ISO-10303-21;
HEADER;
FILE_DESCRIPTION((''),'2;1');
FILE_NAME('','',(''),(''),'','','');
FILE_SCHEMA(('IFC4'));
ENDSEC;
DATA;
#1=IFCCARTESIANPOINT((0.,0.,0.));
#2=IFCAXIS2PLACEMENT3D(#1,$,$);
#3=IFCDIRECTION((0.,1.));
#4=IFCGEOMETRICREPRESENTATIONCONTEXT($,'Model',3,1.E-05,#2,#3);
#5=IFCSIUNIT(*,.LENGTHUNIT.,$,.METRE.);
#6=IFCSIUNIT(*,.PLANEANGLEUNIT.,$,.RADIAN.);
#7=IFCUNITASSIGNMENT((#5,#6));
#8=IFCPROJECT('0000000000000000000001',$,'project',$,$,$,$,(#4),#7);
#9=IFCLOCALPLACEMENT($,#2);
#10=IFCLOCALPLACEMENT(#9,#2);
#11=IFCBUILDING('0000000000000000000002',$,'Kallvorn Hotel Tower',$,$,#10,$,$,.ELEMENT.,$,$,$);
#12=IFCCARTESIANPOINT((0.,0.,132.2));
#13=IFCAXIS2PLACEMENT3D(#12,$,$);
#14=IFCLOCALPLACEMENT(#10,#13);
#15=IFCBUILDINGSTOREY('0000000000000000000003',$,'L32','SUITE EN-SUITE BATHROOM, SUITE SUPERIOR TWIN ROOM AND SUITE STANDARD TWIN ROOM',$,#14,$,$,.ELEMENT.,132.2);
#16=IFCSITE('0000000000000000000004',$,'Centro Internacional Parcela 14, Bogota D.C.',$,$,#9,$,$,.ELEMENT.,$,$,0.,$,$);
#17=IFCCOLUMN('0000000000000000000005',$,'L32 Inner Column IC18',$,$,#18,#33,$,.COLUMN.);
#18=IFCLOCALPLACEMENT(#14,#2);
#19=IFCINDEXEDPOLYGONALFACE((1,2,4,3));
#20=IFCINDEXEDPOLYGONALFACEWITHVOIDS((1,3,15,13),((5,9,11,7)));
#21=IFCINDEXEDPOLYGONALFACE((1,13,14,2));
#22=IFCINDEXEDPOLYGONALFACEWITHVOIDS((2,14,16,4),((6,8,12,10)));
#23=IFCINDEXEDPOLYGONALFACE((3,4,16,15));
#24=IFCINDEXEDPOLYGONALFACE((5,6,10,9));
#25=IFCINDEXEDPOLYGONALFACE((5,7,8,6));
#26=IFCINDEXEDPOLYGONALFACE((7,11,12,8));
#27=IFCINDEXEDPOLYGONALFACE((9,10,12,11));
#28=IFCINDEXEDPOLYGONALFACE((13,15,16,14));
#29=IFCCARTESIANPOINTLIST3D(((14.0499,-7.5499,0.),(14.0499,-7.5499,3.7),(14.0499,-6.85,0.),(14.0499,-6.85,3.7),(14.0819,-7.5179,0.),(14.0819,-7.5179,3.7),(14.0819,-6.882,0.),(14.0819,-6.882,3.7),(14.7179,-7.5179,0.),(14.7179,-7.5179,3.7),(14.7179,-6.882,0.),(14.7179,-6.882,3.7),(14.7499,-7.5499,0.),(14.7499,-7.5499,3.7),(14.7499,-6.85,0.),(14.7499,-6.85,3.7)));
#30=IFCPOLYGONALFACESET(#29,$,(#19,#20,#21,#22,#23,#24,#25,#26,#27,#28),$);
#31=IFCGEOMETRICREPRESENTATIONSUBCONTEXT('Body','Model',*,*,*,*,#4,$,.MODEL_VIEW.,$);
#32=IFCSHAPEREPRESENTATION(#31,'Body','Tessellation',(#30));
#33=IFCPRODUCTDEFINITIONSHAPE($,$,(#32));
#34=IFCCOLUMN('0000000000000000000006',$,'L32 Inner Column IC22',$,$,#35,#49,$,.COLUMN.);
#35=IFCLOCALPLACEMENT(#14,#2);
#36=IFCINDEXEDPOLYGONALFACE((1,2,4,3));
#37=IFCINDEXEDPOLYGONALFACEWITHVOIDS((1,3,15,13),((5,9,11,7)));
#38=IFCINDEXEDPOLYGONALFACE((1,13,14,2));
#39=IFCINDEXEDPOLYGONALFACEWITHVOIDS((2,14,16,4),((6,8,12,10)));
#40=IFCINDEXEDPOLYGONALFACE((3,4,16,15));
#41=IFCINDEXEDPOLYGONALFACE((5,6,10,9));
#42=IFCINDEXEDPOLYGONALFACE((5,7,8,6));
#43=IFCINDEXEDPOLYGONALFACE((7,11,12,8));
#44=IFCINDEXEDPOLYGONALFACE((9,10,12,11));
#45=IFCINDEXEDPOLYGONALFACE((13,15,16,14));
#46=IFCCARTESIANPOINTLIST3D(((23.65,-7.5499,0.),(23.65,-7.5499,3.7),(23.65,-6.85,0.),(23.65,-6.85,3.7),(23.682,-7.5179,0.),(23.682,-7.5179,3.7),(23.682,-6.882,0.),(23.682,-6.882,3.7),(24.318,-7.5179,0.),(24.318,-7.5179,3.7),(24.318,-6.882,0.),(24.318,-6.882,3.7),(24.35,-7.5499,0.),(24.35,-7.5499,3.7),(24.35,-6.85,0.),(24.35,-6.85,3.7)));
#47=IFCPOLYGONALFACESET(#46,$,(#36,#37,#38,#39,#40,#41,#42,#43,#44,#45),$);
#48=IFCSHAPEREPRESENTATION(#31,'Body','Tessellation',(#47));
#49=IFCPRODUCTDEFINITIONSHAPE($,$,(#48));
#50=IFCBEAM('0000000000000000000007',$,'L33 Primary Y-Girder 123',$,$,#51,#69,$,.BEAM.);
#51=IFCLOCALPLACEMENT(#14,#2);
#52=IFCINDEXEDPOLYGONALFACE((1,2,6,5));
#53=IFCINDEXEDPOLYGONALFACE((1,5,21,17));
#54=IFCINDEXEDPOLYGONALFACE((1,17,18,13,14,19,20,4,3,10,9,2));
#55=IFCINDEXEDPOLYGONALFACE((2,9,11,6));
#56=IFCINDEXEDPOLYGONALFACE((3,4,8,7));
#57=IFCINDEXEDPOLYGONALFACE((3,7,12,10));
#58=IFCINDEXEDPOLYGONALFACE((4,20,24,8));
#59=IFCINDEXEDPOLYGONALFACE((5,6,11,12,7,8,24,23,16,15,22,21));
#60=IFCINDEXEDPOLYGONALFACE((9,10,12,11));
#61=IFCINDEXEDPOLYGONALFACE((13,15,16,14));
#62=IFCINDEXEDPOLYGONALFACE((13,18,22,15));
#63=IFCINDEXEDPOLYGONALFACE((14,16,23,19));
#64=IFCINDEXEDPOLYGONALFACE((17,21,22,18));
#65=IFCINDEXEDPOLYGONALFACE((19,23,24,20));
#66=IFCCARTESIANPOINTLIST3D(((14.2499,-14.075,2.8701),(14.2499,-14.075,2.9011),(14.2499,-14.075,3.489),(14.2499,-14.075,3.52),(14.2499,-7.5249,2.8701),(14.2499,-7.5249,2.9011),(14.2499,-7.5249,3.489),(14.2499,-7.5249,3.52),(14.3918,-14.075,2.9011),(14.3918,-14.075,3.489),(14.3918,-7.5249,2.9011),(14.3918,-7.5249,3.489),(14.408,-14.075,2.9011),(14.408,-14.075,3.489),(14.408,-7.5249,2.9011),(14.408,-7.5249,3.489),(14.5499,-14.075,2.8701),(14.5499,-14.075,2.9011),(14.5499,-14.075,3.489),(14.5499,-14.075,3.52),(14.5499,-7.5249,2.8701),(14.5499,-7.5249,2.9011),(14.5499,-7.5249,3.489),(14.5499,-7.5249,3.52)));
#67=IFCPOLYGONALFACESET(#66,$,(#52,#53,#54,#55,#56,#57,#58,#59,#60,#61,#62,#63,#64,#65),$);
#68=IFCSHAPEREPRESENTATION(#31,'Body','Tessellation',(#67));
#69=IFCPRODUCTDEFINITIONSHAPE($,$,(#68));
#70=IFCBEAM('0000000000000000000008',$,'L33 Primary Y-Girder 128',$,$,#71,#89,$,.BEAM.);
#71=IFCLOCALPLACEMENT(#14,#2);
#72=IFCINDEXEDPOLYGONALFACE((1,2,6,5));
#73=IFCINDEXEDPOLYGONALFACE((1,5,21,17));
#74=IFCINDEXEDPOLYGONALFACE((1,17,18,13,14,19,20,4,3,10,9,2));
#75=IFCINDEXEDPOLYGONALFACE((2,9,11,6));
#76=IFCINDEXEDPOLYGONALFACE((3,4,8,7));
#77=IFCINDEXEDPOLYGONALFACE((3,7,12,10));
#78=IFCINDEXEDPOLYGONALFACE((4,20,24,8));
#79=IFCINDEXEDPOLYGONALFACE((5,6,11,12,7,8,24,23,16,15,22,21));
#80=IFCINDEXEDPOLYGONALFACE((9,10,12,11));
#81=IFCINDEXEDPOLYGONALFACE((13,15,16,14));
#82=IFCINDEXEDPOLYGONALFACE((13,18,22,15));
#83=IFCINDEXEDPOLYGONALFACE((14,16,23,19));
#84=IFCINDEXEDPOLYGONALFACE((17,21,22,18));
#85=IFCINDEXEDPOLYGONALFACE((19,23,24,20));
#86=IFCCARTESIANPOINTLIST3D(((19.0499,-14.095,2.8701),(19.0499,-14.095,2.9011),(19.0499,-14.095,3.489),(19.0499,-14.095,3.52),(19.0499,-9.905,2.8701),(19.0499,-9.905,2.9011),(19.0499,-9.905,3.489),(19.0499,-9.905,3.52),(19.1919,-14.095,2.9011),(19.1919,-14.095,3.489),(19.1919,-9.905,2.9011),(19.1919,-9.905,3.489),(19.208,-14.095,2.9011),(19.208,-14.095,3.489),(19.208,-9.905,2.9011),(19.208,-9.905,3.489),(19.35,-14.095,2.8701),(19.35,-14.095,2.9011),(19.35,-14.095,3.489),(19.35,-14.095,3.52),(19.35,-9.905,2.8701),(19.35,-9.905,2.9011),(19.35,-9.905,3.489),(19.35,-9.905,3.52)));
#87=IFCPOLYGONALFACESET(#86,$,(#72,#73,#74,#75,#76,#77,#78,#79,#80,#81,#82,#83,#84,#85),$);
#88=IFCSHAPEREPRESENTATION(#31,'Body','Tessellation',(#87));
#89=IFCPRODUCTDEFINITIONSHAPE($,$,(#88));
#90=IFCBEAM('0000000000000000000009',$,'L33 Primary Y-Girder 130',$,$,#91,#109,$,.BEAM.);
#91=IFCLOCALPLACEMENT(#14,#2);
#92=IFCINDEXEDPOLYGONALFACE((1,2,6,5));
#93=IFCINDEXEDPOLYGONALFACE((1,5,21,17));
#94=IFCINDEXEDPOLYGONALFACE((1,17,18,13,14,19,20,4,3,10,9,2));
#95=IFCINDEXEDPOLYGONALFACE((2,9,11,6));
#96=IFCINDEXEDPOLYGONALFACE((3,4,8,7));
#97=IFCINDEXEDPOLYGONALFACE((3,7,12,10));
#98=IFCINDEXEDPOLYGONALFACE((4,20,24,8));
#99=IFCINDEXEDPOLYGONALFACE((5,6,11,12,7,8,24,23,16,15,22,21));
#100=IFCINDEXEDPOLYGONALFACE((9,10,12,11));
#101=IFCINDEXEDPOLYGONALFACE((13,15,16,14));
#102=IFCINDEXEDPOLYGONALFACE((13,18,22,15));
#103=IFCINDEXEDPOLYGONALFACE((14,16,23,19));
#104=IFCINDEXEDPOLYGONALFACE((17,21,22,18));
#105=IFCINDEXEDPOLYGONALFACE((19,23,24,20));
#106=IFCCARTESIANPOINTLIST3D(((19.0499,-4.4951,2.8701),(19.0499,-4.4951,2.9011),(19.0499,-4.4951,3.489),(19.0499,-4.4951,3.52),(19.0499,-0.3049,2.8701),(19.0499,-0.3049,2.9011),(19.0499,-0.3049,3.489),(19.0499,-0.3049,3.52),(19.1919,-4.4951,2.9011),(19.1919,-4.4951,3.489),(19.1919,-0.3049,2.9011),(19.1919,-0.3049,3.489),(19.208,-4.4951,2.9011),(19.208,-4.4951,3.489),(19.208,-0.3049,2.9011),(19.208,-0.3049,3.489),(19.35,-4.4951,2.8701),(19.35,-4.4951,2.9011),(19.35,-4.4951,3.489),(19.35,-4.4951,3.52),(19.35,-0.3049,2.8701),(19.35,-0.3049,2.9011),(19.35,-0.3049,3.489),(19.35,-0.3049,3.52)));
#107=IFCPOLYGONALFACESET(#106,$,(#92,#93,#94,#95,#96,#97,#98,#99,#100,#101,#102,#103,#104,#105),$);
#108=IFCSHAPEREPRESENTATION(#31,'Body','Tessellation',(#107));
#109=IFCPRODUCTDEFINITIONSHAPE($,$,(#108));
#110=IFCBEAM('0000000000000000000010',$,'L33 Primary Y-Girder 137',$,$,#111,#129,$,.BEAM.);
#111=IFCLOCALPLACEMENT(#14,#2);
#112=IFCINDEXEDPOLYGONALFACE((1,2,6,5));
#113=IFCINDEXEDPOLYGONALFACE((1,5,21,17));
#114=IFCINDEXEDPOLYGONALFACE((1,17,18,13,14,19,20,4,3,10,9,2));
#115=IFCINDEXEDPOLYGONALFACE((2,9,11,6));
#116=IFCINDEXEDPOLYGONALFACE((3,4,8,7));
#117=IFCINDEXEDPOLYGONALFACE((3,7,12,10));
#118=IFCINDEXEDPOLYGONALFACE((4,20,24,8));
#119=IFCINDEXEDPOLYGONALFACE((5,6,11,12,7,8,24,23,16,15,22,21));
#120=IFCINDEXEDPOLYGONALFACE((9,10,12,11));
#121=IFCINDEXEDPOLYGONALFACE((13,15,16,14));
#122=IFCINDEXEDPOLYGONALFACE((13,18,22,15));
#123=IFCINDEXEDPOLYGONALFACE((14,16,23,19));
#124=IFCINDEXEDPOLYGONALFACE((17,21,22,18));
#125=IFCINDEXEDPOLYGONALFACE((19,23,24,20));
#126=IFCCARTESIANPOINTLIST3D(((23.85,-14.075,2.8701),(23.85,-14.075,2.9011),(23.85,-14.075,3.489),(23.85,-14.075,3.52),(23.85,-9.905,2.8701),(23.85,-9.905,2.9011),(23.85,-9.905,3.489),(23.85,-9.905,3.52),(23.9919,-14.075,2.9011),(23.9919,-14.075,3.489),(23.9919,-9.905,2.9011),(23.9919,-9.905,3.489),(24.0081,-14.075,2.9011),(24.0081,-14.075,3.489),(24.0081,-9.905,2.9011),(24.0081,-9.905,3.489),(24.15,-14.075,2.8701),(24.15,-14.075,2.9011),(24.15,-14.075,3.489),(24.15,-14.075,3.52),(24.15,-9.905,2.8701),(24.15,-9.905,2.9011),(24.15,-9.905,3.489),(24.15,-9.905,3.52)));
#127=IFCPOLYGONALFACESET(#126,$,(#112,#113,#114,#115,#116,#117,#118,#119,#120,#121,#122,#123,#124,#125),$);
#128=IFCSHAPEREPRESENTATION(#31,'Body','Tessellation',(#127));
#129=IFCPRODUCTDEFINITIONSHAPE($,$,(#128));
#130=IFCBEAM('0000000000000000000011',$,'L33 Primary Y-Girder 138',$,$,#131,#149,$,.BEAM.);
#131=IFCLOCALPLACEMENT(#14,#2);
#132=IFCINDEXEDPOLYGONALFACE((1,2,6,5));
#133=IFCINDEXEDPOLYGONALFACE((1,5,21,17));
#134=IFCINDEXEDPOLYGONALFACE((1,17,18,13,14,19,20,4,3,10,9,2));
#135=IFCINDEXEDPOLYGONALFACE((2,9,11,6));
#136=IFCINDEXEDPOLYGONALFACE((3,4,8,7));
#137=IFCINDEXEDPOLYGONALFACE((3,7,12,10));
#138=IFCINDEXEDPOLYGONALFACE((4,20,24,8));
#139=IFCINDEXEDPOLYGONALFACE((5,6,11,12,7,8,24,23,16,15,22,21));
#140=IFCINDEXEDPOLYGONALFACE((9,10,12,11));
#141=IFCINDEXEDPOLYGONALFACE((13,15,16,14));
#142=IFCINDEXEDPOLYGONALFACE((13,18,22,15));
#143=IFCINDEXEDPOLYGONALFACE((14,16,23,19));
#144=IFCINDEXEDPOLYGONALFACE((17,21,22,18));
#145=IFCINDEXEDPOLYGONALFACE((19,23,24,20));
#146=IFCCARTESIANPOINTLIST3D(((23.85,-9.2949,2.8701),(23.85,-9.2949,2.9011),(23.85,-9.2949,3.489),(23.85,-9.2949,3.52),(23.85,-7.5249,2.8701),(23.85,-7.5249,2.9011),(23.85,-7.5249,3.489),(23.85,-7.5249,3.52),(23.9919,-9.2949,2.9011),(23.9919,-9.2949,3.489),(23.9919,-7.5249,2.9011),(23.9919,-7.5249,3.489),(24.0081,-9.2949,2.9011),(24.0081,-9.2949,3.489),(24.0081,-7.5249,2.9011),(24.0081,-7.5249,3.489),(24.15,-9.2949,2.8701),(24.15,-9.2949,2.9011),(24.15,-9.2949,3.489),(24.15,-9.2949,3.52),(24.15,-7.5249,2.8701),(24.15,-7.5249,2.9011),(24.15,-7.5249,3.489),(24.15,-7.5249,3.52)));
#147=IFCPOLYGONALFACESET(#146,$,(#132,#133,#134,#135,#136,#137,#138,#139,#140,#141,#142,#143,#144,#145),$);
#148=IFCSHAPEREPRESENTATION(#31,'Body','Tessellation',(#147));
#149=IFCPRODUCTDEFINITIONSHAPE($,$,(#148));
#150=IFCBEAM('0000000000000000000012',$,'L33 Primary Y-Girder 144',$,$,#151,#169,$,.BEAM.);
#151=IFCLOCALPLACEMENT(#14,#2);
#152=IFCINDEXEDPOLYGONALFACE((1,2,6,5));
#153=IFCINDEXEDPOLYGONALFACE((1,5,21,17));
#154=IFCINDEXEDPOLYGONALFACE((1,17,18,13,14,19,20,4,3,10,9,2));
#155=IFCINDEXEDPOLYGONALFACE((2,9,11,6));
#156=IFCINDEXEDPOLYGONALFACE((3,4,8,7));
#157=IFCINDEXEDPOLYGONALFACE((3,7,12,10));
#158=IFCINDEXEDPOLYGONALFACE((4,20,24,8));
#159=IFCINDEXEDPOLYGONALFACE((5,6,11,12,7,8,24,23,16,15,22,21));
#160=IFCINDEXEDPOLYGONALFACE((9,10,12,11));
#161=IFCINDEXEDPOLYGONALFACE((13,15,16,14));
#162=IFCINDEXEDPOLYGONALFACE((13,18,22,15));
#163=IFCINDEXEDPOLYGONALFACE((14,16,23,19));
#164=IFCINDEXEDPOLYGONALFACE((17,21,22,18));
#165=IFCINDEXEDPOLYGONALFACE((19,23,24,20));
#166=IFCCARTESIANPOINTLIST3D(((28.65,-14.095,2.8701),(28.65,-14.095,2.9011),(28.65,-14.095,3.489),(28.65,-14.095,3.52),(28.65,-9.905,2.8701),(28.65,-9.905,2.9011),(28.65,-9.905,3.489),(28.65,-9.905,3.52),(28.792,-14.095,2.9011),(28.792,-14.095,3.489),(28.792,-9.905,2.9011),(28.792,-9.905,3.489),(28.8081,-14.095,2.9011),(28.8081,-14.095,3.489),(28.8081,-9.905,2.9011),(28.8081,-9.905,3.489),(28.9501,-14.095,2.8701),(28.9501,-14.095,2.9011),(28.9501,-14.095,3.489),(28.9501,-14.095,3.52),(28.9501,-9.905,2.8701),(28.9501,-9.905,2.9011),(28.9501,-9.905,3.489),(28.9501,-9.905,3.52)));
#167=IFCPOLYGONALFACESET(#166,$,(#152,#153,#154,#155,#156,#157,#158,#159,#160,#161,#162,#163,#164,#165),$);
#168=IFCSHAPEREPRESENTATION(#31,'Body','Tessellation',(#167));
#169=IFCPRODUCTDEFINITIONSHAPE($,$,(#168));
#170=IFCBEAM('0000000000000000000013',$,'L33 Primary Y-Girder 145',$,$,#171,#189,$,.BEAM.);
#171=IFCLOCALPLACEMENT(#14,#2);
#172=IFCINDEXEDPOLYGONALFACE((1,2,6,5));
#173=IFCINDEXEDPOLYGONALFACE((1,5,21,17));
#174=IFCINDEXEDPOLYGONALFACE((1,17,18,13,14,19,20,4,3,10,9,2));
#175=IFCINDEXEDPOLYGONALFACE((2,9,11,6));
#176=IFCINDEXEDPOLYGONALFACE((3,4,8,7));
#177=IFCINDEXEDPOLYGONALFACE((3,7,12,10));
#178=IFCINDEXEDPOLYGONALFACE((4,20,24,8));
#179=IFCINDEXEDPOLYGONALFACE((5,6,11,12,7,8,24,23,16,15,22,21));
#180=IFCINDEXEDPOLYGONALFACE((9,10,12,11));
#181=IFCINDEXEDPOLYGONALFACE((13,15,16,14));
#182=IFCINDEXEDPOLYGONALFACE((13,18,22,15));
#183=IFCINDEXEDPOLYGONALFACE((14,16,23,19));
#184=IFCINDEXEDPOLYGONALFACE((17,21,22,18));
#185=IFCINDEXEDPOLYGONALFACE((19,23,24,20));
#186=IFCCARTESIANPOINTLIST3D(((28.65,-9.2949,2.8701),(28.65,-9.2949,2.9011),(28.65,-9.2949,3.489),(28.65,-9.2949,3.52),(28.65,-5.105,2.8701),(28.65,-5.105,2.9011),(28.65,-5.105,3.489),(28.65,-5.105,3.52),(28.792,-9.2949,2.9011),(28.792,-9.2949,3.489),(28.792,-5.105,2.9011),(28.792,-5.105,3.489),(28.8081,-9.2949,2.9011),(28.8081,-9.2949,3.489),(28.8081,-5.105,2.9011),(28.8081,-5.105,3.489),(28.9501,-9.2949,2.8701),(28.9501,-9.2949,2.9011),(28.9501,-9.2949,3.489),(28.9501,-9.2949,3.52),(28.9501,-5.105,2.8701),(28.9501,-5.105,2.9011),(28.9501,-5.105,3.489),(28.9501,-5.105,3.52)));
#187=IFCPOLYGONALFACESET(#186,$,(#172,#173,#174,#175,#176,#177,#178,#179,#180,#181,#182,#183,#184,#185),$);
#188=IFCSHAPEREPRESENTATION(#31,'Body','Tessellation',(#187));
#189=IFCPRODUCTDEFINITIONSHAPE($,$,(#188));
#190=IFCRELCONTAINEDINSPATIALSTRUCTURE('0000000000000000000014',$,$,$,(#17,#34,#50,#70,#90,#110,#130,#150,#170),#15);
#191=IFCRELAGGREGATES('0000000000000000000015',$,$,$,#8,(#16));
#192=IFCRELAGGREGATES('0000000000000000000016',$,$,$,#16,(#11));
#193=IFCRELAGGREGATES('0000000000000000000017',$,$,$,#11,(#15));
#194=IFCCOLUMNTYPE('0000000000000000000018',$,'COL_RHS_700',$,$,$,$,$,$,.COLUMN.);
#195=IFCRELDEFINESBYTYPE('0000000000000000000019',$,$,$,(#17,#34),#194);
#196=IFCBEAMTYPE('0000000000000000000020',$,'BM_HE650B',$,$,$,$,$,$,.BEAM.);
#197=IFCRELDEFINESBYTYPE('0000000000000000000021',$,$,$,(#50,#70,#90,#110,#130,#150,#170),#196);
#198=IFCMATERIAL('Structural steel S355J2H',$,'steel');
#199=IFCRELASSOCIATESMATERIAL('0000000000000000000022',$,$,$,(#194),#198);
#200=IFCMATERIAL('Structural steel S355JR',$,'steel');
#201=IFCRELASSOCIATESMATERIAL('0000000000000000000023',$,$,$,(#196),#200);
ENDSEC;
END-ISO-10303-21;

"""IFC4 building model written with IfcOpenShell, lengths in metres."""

from ifc_helpers import new_model, si_unit, direction, frame, origin, origin_2d, place, context, subcontext, project, spatial, hollow_rectangle, i_section, extrude, material, material_profile, profile_set, type_object, element, save


model = new_model("IFC4")

# Units and contexts
model_context = context("Model", 3, precision=1e-05, world=origin(), true_north=direction((0.0, 1.0)))
body_context = subcontext(model_context, "Body", "Model", "MODEL_VIEW")
ifc_project = project(units=[si_unit("LENGTHUNIT", "METRE"), si_unit("PLANEANGLEUNIT", "RADIAN")], contexts=[model_context])

# Site, building, storey
site_placement = place(None, origin())
site = spatial("IfcSite", under=ifc_project, at=site_placement, Name="Centro Internacional Parcela 14, Bogota D.C.", CompositionType="ELEMENT", RefElevation=0.0)
building_placement = place(site_placement, origin())
building = spatial("IfcBuilding", under=site, at=building_placement, Name="Kallvorn Hotel Tower", CompositionType="ELEMENT")
storey_placement = place(building_placement, frame((0.0, 0.0, 132.2)))
storey = spatial("IfcBuildingStorey", under=building, at=storey_placement, Name="L32", Description="SUITE EN-SUITE BATHROOM, SUITE SUPERIOR TWIN ROOM AND SUITE STANDARD TWIN ROOM", CompositionType="ELEMENT", Elevation=132.2)

# Columns
ifc_material_1 = material(Name="Structural steel S355J2H", Category="steel")
ifc_material_profile_1 = material_profile(ifc_material_1, hollow_rectangle(XDim=0.7, YDim=0.7, WallThickness=0.032, at=origin_2d()), Name="RHS 700x700x32")
ifc_profile_set_1 = profile_set([ifc_material_profile_1], Name="Structural steel S355J2H")
column_type_1 = type_object("IfcColumnType", Name="COL_RHS_700", PredefinedType="COLUMN", material=ifc_profile_set_1)
for number, where, z_axis, x_axis, name in (
    (1, (14.3999, -7.2, 0.0), (0.0, 0.0, 1.0), (1.0, 0.0, 0.0), "L32 Inner Column IC18"),
    (2, (24.0, -7.2, 0.0), (0.0, 0.0, 1.0), (1.0, 0.0, 0.0), "L32 Inner Column IC22"),
):
    element("IfcColumn", number, at=place(storey_placement, frame(where, z_axis=z_axis, x_axis=x_axis)), inside=storey, type_object=column_type_1, Name=name, PredefinedType="COLUMN", context=body_context, shape_type="SweptSolid", body=[
        extrude(hollow_rectangle(XDim=0.7, YDim=0.7, WallThickness=0.032, at=origin_2d()), origin(), (0.0, 0.0, 1.0), 3.7),
    ])

# Beams
ifc_material_2 = material(Name="Structural steel S355JR", Category="steel")
ifc_material_profile_2 = material_profile(ifc_material_2, i_section(OverallWidth=0.3, OverallDepth=0.6499, WebThickness=0.0161, FlangeThickness=0.031, at=origin_2d()), Name="HE 650 B")
ifc_profile_set_2 = profile_set([ifc_material_profile_2], Name="Structural steel S355JR")
beam_type_1 = type_object("IfcBeamType", Name="BM_HE650B", PredefinedType="BEAM", material=ifc_profile_set_2)
beam_1_placement = place(storey_placement, frame((14.3999, -14.075, 3.1951), z_axis=(0.0, 1.0, 0.0), x_axis=(-1.0, 0.0, 0.0)))
element("IfcBeam", 3, at=beam_1_placement, inside=storey, type_object=beam_type_1, Name="L33 Primary Y-Girder 123", PredefinedType="BEAM", context=body_context, shape_type="SweptSolid", body=[
    extrude(i_section(OverallWidth=0.3, OverallDepth=0.6499, WebThickness=0.0161, FlangeThickness=0.031, at=origin_2d()), origin(), (0.0, 0.0, 1.0), 6.55),
])
beam_2_placement = place(storey_placement, frame((19.2, -14.095, 3.1951), z_axis=(0.0, 1.0, 0.0), x_axis=(-1.0, 0.0, 0.0)))
element("IfcBeam", 4, at=beam_2_placement, inside=storey, type_object=beam_type_1, Name="L33 Primary Y-Girder 128", PredefinedType="BEAM", context=body_context, shape_type="SweptSolid", body=[
    extrude(i_section(OverallWidth=0.3, OverallDepth=0.6499, WebThickness=0.0161, FlangeThickness=0.031, at=origin_2d()), origin(), (0.0, 0.0, 1.0), 4.1899),
])
beam_3_placement = place(storey_placement, frame((19.2, -4.4951, 3.1951), z_axis=(0.0, 1.0, 0.0), x_axis=(-1.0, 0.0, 0.0)))
element("IfcBeam", 5, at=beam_3_placement, inside=storey, type_object=beam_type_1, Name="L33 Primary Y-Girder 130", PredefinedType="BEAM", context=body_context, shape_type="SweptSolid", body=[
    extrude(i_section(OverallWidth=0.3, OverallDepth=0.6499, WebThickness=0.0161, FlangeThickness=0.031, at=origin_2d()), origin(), (0.0, 0.0, 1.0), 4.1902),
])
beam_4_placement = place(storey_placement, frame((24.0, -14.075, 3.1951), z_axis=(0.0, 1.0, 0.0), x_axis=(-1.0, 0.0, 0.0)))
element("IfcBeam", 6, at=beam_4_placement, inside=storey, type_object=beam_type_1, Name="L33 Primary Y-Girder 137", PredefinedType="BEAM", context=body_context, shape_type="SweptSolid", body=[
    extrude(i_section(OverallWidth=0.3, OverallDepth=0.6499, WebThickness=0.0161, FlangeThickness=0.031, at=origin_2d()), origin(), (0.0, 0.0, 1.0), 4.1699),
])
beam_5_placement = place(storey_placement, frame((24.0, -9.2949, 3.1951), z_axis=(0.0, 1.0, 0.0), x_axis=(-1.0, 0.0, 0.0)))
element("IfcBeam", 7, at=beam_5_placement, inside=storey, type_object=beam_type_1, Name="L33 Primary Y-Girder 138", PredefinedType="BEAM", context=body_context, shape_type="SweptSolid", body=[
    extrude(i_section(OverallWidth=0.3, OverallDepth=0.6499, WebThickness=0.0161, FlangeThickness=0.031, at=origin_2d()), origin(), (0.0, 0.0, 1.0), 1.77),
])
for number, where, z_axis, x_axis, name in (
    (8, (28.8, -14.095, 3.1951), (0.0, 1.0, 0.0), (-1.0, 0.0, 0.0), "L33 Primary Y-Girder 144"),
    (9, (28.8, -9.2949, 3.1951), (0.0, 1.0, 0.0), (-1.0, 0.0, 0.0), "L33 Primary Y-Girder 145"),
):
    element("IfcBeam", number, at=place(storey_placement, frame(where, z_axis=z_axis, x_axis=x_axis)), inside=storey, type_object=beam_type_1, Name=name, PredefinedType="BEAM", context=body_context, shape_type="SweptSolid", body=[
        extrude(i_section(OverallWidth=0.3, OverallDepth=0.6499, WebThickness=0.0161, FlangeThickness=0.031, at=origin_2d()), origin(), (0.0, 0.0, 1.0), 4.1899),
    ])

save(model, "model.ifc")
